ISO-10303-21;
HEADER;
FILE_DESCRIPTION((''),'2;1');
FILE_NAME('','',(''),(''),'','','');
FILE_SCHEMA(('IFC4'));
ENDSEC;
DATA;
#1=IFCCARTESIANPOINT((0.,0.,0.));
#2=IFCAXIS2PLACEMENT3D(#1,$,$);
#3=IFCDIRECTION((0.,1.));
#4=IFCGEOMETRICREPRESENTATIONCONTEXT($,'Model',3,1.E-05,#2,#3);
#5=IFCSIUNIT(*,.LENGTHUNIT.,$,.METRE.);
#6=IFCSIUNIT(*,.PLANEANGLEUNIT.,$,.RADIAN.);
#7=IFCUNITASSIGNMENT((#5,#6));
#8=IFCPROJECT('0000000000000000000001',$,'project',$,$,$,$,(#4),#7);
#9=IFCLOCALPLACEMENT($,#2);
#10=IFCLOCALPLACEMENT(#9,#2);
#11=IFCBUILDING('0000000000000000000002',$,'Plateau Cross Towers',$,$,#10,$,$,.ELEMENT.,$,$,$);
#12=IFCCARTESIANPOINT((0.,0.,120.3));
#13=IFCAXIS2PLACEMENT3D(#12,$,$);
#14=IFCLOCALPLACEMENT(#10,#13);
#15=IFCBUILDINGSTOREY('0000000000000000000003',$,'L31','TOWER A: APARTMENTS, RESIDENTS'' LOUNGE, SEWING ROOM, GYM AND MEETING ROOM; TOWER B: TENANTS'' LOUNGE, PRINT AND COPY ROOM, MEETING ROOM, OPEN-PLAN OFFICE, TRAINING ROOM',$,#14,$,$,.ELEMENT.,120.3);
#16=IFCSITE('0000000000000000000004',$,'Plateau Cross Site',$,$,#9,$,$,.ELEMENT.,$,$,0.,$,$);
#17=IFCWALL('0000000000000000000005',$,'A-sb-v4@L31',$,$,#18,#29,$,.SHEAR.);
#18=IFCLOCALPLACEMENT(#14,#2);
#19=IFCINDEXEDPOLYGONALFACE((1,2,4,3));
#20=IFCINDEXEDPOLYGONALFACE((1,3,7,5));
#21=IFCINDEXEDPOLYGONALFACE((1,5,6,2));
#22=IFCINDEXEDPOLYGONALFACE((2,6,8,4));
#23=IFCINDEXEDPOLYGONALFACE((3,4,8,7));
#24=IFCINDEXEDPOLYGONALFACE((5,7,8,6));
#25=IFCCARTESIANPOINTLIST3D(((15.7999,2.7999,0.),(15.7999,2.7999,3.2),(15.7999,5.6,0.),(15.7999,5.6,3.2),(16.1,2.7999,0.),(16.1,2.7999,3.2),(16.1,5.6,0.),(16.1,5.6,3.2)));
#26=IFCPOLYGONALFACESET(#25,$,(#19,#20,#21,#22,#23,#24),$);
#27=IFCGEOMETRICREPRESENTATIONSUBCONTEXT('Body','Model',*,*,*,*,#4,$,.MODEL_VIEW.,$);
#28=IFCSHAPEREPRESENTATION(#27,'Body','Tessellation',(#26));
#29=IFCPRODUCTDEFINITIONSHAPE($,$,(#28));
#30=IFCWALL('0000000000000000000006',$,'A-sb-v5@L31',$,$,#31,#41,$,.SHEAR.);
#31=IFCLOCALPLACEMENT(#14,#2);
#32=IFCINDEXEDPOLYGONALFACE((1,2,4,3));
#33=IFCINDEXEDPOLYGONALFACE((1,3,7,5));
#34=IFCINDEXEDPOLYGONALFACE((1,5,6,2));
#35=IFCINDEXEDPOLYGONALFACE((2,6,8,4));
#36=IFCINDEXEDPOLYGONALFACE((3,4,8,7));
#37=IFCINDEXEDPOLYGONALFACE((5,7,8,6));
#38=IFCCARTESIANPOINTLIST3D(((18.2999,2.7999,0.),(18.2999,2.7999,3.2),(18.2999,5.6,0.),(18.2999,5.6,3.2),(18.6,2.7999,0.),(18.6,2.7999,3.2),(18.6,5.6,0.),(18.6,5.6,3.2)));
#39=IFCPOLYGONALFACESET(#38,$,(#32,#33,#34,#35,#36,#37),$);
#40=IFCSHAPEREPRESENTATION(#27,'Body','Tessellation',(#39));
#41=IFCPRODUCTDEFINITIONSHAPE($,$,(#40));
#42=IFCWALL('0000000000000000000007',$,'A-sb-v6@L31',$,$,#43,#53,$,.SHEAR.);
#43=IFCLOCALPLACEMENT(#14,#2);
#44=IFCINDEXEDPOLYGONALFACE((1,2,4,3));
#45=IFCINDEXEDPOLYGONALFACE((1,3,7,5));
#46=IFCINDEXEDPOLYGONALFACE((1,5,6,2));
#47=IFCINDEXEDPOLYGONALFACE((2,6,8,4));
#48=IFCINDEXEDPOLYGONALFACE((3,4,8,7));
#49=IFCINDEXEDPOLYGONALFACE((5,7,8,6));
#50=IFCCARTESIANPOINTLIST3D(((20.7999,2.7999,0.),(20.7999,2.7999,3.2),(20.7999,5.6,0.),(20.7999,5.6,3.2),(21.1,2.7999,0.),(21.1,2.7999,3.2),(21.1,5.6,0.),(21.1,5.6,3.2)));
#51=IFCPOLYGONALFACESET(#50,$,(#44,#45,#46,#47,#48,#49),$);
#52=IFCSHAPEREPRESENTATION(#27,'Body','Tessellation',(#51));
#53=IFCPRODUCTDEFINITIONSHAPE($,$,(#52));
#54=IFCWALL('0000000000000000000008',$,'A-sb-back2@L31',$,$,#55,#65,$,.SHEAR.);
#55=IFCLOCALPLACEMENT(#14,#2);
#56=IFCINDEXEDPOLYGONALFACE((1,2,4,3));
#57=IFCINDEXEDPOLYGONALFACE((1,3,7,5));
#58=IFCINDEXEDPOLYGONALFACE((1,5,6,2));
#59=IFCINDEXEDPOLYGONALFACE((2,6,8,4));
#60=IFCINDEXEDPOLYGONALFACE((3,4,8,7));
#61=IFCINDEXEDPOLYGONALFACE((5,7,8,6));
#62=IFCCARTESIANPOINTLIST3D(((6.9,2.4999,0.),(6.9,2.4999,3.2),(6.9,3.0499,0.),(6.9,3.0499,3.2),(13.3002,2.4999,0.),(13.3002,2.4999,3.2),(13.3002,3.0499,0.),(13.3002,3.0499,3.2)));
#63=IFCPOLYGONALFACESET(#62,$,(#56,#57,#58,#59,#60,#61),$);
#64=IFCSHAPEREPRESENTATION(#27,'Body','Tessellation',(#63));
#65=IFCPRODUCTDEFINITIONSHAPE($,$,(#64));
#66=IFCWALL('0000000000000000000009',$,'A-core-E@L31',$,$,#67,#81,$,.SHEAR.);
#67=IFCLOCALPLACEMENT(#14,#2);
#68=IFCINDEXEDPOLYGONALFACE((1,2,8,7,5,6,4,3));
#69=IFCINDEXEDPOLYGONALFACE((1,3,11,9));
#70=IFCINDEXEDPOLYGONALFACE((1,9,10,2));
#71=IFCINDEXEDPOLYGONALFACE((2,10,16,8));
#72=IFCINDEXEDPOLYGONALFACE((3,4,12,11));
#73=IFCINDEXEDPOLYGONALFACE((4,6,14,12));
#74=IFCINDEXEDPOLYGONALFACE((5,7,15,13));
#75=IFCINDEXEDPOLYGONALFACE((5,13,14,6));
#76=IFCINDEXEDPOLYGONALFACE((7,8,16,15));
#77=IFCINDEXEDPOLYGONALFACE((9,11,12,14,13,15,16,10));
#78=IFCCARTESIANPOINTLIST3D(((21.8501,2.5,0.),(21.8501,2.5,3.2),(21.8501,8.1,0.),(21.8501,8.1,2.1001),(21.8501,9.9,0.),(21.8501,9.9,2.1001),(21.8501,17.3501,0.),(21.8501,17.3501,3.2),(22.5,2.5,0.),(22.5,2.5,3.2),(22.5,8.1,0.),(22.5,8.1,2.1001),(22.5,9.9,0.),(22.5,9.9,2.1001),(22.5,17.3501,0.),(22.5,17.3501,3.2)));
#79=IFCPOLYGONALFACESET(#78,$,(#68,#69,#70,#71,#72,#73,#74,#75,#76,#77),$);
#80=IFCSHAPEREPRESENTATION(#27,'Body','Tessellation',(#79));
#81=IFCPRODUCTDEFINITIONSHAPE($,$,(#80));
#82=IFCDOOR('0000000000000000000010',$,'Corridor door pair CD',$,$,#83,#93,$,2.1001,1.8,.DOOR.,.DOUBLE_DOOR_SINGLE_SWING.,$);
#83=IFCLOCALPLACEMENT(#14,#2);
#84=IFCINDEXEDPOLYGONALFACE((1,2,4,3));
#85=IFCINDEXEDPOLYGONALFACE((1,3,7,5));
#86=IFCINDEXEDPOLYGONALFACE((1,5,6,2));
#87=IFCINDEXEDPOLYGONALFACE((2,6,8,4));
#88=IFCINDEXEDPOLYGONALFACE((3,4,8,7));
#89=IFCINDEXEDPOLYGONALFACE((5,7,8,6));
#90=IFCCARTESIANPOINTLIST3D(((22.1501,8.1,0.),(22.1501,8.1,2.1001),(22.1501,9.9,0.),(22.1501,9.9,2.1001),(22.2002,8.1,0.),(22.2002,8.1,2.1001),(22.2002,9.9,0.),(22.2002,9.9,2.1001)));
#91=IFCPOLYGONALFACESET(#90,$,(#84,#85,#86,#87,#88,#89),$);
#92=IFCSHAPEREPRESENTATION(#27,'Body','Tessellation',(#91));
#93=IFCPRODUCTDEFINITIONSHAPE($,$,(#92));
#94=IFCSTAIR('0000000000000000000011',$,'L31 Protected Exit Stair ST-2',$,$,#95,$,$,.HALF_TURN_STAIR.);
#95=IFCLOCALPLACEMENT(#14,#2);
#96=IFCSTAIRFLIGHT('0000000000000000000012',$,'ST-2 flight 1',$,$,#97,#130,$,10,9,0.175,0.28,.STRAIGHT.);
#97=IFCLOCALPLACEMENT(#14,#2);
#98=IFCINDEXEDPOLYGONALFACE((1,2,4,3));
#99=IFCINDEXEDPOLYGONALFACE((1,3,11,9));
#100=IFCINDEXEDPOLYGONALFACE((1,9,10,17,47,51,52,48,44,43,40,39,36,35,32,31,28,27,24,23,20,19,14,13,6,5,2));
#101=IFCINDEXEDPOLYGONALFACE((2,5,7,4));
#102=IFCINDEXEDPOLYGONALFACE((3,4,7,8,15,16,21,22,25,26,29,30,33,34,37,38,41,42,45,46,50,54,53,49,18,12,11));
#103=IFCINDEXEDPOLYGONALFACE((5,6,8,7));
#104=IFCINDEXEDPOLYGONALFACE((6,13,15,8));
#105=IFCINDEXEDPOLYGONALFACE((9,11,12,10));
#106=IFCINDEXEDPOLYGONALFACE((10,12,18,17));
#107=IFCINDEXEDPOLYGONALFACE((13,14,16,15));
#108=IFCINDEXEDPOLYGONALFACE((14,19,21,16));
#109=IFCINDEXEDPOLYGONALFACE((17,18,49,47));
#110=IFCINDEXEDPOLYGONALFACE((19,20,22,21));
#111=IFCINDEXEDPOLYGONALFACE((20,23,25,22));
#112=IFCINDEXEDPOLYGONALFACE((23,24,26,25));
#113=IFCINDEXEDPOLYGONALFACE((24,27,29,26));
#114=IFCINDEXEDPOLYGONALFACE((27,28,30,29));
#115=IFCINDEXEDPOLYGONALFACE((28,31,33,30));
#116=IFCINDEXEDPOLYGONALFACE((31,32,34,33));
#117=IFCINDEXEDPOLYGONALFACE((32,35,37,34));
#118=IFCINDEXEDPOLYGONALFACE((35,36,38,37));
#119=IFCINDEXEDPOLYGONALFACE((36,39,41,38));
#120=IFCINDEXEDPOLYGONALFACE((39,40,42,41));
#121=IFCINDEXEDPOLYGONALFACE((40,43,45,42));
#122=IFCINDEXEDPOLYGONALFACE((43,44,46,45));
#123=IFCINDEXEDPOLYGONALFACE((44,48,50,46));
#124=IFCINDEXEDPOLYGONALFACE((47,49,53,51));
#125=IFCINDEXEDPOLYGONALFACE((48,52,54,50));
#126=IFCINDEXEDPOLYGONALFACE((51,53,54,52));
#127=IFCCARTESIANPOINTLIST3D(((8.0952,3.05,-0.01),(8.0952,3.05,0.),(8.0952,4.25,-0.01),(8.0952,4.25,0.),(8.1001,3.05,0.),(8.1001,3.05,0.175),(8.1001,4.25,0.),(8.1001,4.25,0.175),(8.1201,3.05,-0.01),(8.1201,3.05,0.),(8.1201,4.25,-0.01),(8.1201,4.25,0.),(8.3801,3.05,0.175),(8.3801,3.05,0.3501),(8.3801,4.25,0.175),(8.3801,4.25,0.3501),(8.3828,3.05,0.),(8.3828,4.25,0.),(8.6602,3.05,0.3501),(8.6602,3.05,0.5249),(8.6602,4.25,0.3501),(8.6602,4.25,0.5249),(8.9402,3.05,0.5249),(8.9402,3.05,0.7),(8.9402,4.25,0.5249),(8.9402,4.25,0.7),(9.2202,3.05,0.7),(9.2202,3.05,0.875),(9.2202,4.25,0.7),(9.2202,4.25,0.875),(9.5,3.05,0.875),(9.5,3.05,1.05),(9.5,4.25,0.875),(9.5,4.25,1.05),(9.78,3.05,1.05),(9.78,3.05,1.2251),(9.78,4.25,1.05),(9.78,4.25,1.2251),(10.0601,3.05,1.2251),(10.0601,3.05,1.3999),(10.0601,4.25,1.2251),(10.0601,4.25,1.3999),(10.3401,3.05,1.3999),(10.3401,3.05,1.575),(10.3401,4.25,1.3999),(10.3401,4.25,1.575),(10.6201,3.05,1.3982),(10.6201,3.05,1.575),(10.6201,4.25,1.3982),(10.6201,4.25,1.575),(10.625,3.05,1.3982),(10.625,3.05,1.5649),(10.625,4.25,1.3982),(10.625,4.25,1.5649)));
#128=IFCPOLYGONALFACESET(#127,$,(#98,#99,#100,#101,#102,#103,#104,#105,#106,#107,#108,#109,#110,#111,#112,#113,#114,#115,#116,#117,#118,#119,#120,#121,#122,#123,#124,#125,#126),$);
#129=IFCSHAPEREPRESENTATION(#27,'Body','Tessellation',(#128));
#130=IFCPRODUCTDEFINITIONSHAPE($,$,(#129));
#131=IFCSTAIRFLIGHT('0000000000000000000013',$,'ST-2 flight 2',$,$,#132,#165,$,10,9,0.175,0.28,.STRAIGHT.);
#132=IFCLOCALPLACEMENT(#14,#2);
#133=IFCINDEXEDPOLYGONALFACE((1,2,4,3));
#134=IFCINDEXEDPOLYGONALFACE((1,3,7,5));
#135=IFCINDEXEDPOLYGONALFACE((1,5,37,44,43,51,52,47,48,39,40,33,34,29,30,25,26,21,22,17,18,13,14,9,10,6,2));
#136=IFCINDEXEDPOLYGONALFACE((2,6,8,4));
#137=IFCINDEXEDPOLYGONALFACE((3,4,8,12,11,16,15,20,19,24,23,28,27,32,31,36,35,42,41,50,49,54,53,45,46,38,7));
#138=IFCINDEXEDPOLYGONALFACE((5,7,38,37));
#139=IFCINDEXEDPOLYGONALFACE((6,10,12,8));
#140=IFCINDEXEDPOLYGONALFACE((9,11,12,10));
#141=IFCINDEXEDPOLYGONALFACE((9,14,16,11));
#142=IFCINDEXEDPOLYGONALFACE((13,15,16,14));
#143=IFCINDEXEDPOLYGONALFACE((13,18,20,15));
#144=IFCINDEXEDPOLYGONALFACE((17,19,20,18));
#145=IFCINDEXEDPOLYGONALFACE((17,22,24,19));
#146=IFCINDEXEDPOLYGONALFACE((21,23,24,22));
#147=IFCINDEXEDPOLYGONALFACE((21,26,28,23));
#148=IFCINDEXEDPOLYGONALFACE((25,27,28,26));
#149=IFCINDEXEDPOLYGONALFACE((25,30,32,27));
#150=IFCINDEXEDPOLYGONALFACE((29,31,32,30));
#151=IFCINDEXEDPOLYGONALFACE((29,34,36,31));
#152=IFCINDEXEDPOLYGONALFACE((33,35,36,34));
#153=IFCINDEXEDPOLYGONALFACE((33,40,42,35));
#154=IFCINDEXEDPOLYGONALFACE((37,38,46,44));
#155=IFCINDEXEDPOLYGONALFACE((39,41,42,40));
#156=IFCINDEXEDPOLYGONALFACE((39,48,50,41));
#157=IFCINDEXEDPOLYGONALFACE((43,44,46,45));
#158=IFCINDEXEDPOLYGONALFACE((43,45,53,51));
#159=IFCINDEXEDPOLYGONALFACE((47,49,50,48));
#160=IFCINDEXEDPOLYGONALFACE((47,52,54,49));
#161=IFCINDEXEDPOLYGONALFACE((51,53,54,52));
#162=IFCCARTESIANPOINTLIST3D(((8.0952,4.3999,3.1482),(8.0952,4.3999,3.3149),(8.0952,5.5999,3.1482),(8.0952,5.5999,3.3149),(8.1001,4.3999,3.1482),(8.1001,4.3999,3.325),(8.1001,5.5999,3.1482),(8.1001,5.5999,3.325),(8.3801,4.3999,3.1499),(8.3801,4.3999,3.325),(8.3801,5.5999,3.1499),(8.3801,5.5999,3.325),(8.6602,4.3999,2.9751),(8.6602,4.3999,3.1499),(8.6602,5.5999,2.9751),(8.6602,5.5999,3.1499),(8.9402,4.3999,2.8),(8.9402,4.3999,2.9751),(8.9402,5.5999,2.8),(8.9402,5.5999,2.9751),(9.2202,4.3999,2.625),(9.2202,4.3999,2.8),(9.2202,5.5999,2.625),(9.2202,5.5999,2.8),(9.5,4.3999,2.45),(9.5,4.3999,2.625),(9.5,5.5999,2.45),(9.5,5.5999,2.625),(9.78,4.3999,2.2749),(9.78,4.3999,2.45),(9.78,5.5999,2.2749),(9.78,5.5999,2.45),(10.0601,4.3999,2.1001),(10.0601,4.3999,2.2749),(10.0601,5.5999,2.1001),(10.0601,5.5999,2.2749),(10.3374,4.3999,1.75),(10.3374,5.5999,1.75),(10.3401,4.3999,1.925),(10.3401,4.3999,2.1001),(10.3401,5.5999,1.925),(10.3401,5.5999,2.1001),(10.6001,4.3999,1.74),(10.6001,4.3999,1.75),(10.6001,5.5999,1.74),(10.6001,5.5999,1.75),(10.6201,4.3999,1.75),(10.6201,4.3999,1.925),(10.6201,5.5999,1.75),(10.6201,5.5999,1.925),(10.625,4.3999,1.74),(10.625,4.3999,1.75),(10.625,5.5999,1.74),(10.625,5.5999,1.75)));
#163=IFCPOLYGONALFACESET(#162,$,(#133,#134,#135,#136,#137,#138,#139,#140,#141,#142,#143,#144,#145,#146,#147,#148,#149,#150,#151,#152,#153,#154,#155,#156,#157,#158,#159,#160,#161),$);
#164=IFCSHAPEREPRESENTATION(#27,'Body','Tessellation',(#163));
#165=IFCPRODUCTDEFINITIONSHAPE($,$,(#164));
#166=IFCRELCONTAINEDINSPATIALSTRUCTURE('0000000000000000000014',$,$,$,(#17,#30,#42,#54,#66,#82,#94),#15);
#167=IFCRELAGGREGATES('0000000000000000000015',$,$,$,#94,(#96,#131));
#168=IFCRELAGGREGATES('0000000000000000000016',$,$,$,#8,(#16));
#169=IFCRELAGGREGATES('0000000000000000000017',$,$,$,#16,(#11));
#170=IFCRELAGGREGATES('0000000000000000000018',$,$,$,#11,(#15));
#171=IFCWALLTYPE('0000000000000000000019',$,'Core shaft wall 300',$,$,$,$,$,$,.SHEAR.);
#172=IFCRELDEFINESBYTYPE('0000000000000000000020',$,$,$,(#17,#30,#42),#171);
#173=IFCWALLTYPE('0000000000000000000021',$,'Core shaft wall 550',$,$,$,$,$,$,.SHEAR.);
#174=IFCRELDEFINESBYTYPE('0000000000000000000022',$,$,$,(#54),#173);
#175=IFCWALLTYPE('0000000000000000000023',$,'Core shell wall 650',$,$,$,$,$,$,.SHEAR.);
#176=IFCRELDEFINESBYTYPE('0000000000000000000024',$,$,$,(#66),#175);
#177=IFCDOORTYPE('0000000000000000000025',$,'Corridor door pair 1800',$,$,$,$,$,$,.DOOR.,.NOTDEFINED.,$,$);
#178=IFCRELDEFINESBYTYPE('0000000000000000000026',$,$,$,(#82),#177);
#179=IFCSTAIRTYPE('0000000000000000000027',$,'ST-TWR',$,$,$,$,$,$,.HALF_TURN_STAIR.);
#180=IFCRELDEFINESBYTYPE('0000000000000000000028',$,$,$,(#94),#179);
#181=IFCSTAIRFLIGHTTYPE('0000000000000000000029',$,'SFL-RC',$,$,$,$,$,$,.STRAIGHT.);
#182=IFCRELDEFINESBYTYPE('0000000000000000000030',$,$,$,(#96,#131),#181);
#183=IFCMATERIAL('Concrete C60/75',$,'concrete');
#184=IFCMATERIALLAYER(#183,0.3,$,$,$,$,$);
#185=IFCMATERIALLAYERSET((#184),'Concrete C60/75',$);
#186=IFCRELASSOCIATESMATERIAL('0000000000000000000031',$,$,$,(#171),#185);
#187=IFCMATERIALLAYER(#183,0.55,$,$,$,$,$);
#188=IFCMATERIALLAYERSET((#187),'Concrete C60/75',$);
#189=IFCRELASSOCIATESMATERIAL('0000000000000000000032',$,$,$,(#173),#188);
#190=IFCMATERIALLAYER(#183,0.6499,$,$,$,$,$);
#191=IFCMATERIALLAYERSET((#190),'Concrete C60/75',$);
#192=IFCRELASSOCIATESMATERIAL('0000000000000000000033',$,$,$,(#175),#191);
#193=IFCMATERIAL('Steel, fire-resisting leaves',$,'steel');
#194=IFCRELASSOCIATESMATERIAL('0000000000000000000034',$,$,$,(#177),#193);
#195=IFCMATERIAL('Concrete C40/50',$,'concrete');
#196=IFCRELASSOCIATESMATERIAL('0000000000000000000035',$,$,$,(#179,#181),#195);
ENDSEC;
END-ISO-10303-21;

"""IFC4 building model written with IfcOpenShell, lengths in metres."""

from ifc_helpers import new_model, si_unit, direction, frame, frame_2d, origin, place, context, subcontext, project, spatial, polyline, rectangle, outline, extrude, material, layer, layer_set, type_object, element, fill, aggregate, save


model = new_model("IFC4")

# Units and contexts
model_context = context("Model", 3, precision=1e-05, world=origin(), true_north=direction((0.0, 1.0)))
body_context = subcontext(model_context, "Body", "Model", "MODEL_VIEW")
ifc_project = project(units=[si_unit("LENGTHUNIT", "METRE"), si_unit("PLANEANGLEUNIT", "RADIAN")], contexts=[model_context])

# Site, building, storey
site_placement = place(None, origin())
site = spatial("IfcSite", under=ifc_project, at=site_placement, Name="Plateau Cross Site", CompositionType="ELEMENT", RefElevation=0.0)
building_placement = place(site_placement, origin())
building = spatial("IfcBuilding", under=site, at=building_placement, Name="Plateau Cross Towers", CompositionType="ELEMENT")
storey_placement = place(building_placement, frame((0.0, 0.0, 120.3)))
storey = spatial("IfcBuildingStorey", under=building, at=storey_placement, Name="L31", Description="TOWER A: APARTMENTS, RESIDENTS' LOUNGE, SEWING ROOM, GYM AND MEETING ROOM; TOWER B: TENANTS' LOUNGE, PRINT AND COPY ROOM, MEETING ROOM, OPEN-PLAN OFFICE, TRAINING ROOM", CompositionType="ELEMENT", Elevation=120.3)

# Shared definitions
ifc_material_1 = material(Name="Concrete C60/75", Category="concrete")

# Walls
ifc_layer_1 = layer(ifc_material_1, 0.3)
ifc_layer_set_1 = layer_set([ifc_layer_1], Name="Concrete C60/75")
wall_type_1 = type_object("IfcWallType", Name="Core shaft wall 300", PredefinedType="SHEAR", material=ifc_layer_set_1)
for number, where, z_axis, x_axis, name in (
    (1, (15.95, 2.8, 0.0), (0.0, 0.0, 1.0), (0.0, 1.0, 0.0), "A-sb-v4@L31"),
    (2, (18.45, 2.8, 0.0), (0.0, 0.0, 1.0), (0.0, 1.0, 0.0), "A-sb-v5@L31"),
    (3, (20.95, 2.8, 0.0), (0.0, 0.0, 1.0), (0.0, 1.0, 0.0), "A-sb-v6@L31"),
):
    element("IfcWall", number, at=place(storey_placement, frame(where, z_axis=z_axis, x_axis=x_axis)), inside=storey, type_object=wall_type_1, Name=name, PredefinedType="SHEAR", context=body_context, shape_type="SweptSolid", body=[
        extrude(rectangle(XDim=2.8, YDim=0.3, at=frame_2d((1.3999, 0.0))), origin(), (0.0, 0.0, 1.0), 3.2),
    ])
ifc_layer_2 = layer(ifc_material_1, 0.55)
ifc_layer_set_2 = layer_set([ifc_layer_2], Name="Concrete C60/75")
wall_type_2 = type_object("IfcWallType", Name="Core shaft wall 550", PredefinedType="SHEAR", material=ifc_layer_set_2)
wall_1_placement = place(storey_placement, frame((6.8999, 2.7749, 0.0), z_axis=(0.0, 0.0, 1.0), x_axis=(1.0, 0.0, 0.0)))
element("IfcWall", 4, at=wall_1_placement, inside=storey, type_object=wall_type_2, Name="A-sb-back2@L31", PredefinedType="SHEAR", context=body_context, shape_type="SweptSolid", body=[
    extrude(rectangle(XDim=6.4001, YDim=0.55, at=frame_2d((3.2002, 0.0))), origin(), (0.0, 0.0, 1.0), 3.2),
])

# Wall, opening, door
ifc_layer_3 = layer(ifc_material_1, 0.6499)
ifc_layer_set_3 = layer_set([ifc_layer_3], Name="Concrete C60/75")
wall_type_3 = type_object("IfcWallType", Name="Core shell wall 650", PredefinedType="SHEAR", material=ifc_layer_set_3)
wall_2_placement = place(storey_placement, frame((22.175, 2.5, 0.0), z_axis=(0.0, 0.0, 1.0), x_axis=(0.0, 1.0, 0.0)))
wall_2 = element("IfcWall", 5, at=wall_2_placement, inside=storey, type_object=wall_type_3, Name="A-core-E@L31", PredefinedType="SHEAR", context=body_context, shape_type="SweptSolid", body=[
    extrude(rectangle(XDim=14.8501, YDim=0.6499, at=frame_2d((7.425, 0.0))), origin(), (0.0, 0.0, 1.0), 3.2),
])
opening_placement = place(wall_2_placement, frame((5.6001, 0.0, 0.0)))
opening = element("IfcOpeningElement", 6, at=opening_placement, cuts=wall_2, PredefinedType="OPENING", context=body_context, shape_type="SweptSolid", body=[
    extrude(rectangle(XDim=1.8, YDim=2.1001, at=frame_2d((0.8999, 1.05))), frame((0.0, 0.335, 0.0), z_axis=(0.0, -1.0, 0.0), x_axis=(1.0, 0.0, 0.0)), (0.0, 0.0, 1.0), 0.6699),
])
ifc_material_2 = material(Name="Steel, fire-resisting leaves", Category="steel")
door_type = type_object("IfcDoorType", Name="Corridor door pair 1800", OperationType="NOTDEFINED", PredefinedType="DOOR", material=ifc_material_2)
door_placement = place(opening_placement, origin())
door = element("IfcDoor", 7, at=door_placement, inside=storey, type_object=door_type, Name="Corridor door pair CD", OperationType="DOUBLE_DOOR_SINGLE_SWING", OverallHeight=2.1001, OverallWidth=1.8, PredefinedType="DOOR", context=body_context, shape_type="SweptSolid", body=[
    extrude(rectangle(XDim=1.8, YDim=2.1001, at=frame_2d((0.8999, 1.05))), frame((0.0, 0.0249, 0.0), z_axis=(0.0, -1.0, 0.0), x_axis=(1.0, 0.0, 0.0)), (0.0, 0.0, 1.0), 0.05),
])
fill(opening, door)

# Stair, stair flights
ifc_material_3 = material(Name="Concrete C40/50", Category="concrete")
stair_type = type_object("IfcStairType", Name="ST-TWR", PredefinedType="HALF_TURN_STAIR", material=ifc_material_3)
stair_placement = place(storey_placement, origin())
stair = element("IfcStair", 8, at=stair_placement, inside=storey, type_object=stair_type, Name="L31 Protected Exit Stair ST-2", PredefinedType="HALF_TURN_STAIR")
stair_flight_type = type_object("IfcStairFlightType", Name="SFL-RC", PredefinedType="STRAIGHT", material=ifc_material_3)
stair_flight_1_placement = place(storey_placement, frame((8.1001, 3.6499, 0.0), z_axis=(0.0, 0.0, 1.0), x_axis=(1.0, 0.0, 0.0)))
stair_flight_1 = element("IfcStairFlight", 9, at=stair_flight_1_placement, type_object=stair_flight_type, Name="ST-2 flight 1", NumberOfRisers=10, NumberOfTreads=9, PredefinedType="STRAIGHT", RiserHeight=0.175, TreadLength=0.28, context=body_context, shape_type="SweptSolid", body=[
    extrude(outline(polyline([(-0.0049, -0.01), (-0.0049, 0.0), (0.0, 0.0), (0.0, 0.175), (0.28, 0.175), (0.28, 0.3501), (0.5601, 0.3501), (0.5601, 0.5249), (0.8401, 0.5249), (0.8401, 0.7), (1.1201, 0.7), (1.1201, 0.875), (1.3999, 0.875), (1.3999, 1.05), (1.6799, 1.05), (1.6799, 1.2251), (1.96, 1.2251), (1.96, 1.3999), (2.24, 1.3999), (2.24, 1.575), (2.52, 1.575), (2.5249, 1.5649), (2.5249, 1.3982), (2.52, 1.3982), (0.2827, 0.0), (0.02, 0.0), (0.02, -0.01), (-0.0049, -0.01)])), frame((0.0, 0.6001, 0.0), z_axis=(0.0, -1.0, 0.0), x_axis=(1.0, 0.0, 0.0)), (0.0, 0.0, 1.0), 1.2),
])
stair_flight_2_placement = place(storey_placement, frame((10.6201, 5.0, 1.75), z_axis=(0.0, 0.0, 1.0), x_axis=(-1.0, 0.0, 0.0)))
stair_flight_2 = element("IfcStairFlight", 10, at=stair_flight_2_placement, type_object=stair_flight_type, Name="ST-2 flight 2", NumberOfRisers=10, NumberOfTreads=9, PredefinedType="STRAIGHT", RiserHeight=0.175, TreadLength=0.28, context=body_context, shape_type="SweptSolid", body=[
    extrude(outline(polyline([(-0.0049, -0.01), (-0.0049, 0.0), (0.0, 0.0), (0.0, 0.175), (0.28, 0.175), (0.28, 0.3501), (0.5601, 0.3501), (0.5601, 0.5249), (0.8401, 0.5249), (0.8401, 0.7), (1.1201, 0.7), (1.1201, 0.875), (1.3999, 0.875), (1.3999, 1.05), (1.6799, 1.05), (1.6799, 1.2251), (1.96, 1.2251), (1.96, 1.3999), (2.24, 1.3999), (2.24, 1.575), (2.52, 1.575), (2.5249, 1.5649), (2.5249, 1.3982), (2.52, 1.3982), (0.2827, 0.0), (0.02, 0.0), (0.02, -0.01), (-0.0049, -0.01)])), frame((0.0, 0.6001, 0.0), z_axis=(0.0, -1.0, 0.0), x_axis=(1.0, 0.0, 0.0)), (0.0, 0.0, 1.0), 1.2),
])
aggregate(stair, [stair_flight_1, stair_flight_2])

save(model, "model.ifc")
